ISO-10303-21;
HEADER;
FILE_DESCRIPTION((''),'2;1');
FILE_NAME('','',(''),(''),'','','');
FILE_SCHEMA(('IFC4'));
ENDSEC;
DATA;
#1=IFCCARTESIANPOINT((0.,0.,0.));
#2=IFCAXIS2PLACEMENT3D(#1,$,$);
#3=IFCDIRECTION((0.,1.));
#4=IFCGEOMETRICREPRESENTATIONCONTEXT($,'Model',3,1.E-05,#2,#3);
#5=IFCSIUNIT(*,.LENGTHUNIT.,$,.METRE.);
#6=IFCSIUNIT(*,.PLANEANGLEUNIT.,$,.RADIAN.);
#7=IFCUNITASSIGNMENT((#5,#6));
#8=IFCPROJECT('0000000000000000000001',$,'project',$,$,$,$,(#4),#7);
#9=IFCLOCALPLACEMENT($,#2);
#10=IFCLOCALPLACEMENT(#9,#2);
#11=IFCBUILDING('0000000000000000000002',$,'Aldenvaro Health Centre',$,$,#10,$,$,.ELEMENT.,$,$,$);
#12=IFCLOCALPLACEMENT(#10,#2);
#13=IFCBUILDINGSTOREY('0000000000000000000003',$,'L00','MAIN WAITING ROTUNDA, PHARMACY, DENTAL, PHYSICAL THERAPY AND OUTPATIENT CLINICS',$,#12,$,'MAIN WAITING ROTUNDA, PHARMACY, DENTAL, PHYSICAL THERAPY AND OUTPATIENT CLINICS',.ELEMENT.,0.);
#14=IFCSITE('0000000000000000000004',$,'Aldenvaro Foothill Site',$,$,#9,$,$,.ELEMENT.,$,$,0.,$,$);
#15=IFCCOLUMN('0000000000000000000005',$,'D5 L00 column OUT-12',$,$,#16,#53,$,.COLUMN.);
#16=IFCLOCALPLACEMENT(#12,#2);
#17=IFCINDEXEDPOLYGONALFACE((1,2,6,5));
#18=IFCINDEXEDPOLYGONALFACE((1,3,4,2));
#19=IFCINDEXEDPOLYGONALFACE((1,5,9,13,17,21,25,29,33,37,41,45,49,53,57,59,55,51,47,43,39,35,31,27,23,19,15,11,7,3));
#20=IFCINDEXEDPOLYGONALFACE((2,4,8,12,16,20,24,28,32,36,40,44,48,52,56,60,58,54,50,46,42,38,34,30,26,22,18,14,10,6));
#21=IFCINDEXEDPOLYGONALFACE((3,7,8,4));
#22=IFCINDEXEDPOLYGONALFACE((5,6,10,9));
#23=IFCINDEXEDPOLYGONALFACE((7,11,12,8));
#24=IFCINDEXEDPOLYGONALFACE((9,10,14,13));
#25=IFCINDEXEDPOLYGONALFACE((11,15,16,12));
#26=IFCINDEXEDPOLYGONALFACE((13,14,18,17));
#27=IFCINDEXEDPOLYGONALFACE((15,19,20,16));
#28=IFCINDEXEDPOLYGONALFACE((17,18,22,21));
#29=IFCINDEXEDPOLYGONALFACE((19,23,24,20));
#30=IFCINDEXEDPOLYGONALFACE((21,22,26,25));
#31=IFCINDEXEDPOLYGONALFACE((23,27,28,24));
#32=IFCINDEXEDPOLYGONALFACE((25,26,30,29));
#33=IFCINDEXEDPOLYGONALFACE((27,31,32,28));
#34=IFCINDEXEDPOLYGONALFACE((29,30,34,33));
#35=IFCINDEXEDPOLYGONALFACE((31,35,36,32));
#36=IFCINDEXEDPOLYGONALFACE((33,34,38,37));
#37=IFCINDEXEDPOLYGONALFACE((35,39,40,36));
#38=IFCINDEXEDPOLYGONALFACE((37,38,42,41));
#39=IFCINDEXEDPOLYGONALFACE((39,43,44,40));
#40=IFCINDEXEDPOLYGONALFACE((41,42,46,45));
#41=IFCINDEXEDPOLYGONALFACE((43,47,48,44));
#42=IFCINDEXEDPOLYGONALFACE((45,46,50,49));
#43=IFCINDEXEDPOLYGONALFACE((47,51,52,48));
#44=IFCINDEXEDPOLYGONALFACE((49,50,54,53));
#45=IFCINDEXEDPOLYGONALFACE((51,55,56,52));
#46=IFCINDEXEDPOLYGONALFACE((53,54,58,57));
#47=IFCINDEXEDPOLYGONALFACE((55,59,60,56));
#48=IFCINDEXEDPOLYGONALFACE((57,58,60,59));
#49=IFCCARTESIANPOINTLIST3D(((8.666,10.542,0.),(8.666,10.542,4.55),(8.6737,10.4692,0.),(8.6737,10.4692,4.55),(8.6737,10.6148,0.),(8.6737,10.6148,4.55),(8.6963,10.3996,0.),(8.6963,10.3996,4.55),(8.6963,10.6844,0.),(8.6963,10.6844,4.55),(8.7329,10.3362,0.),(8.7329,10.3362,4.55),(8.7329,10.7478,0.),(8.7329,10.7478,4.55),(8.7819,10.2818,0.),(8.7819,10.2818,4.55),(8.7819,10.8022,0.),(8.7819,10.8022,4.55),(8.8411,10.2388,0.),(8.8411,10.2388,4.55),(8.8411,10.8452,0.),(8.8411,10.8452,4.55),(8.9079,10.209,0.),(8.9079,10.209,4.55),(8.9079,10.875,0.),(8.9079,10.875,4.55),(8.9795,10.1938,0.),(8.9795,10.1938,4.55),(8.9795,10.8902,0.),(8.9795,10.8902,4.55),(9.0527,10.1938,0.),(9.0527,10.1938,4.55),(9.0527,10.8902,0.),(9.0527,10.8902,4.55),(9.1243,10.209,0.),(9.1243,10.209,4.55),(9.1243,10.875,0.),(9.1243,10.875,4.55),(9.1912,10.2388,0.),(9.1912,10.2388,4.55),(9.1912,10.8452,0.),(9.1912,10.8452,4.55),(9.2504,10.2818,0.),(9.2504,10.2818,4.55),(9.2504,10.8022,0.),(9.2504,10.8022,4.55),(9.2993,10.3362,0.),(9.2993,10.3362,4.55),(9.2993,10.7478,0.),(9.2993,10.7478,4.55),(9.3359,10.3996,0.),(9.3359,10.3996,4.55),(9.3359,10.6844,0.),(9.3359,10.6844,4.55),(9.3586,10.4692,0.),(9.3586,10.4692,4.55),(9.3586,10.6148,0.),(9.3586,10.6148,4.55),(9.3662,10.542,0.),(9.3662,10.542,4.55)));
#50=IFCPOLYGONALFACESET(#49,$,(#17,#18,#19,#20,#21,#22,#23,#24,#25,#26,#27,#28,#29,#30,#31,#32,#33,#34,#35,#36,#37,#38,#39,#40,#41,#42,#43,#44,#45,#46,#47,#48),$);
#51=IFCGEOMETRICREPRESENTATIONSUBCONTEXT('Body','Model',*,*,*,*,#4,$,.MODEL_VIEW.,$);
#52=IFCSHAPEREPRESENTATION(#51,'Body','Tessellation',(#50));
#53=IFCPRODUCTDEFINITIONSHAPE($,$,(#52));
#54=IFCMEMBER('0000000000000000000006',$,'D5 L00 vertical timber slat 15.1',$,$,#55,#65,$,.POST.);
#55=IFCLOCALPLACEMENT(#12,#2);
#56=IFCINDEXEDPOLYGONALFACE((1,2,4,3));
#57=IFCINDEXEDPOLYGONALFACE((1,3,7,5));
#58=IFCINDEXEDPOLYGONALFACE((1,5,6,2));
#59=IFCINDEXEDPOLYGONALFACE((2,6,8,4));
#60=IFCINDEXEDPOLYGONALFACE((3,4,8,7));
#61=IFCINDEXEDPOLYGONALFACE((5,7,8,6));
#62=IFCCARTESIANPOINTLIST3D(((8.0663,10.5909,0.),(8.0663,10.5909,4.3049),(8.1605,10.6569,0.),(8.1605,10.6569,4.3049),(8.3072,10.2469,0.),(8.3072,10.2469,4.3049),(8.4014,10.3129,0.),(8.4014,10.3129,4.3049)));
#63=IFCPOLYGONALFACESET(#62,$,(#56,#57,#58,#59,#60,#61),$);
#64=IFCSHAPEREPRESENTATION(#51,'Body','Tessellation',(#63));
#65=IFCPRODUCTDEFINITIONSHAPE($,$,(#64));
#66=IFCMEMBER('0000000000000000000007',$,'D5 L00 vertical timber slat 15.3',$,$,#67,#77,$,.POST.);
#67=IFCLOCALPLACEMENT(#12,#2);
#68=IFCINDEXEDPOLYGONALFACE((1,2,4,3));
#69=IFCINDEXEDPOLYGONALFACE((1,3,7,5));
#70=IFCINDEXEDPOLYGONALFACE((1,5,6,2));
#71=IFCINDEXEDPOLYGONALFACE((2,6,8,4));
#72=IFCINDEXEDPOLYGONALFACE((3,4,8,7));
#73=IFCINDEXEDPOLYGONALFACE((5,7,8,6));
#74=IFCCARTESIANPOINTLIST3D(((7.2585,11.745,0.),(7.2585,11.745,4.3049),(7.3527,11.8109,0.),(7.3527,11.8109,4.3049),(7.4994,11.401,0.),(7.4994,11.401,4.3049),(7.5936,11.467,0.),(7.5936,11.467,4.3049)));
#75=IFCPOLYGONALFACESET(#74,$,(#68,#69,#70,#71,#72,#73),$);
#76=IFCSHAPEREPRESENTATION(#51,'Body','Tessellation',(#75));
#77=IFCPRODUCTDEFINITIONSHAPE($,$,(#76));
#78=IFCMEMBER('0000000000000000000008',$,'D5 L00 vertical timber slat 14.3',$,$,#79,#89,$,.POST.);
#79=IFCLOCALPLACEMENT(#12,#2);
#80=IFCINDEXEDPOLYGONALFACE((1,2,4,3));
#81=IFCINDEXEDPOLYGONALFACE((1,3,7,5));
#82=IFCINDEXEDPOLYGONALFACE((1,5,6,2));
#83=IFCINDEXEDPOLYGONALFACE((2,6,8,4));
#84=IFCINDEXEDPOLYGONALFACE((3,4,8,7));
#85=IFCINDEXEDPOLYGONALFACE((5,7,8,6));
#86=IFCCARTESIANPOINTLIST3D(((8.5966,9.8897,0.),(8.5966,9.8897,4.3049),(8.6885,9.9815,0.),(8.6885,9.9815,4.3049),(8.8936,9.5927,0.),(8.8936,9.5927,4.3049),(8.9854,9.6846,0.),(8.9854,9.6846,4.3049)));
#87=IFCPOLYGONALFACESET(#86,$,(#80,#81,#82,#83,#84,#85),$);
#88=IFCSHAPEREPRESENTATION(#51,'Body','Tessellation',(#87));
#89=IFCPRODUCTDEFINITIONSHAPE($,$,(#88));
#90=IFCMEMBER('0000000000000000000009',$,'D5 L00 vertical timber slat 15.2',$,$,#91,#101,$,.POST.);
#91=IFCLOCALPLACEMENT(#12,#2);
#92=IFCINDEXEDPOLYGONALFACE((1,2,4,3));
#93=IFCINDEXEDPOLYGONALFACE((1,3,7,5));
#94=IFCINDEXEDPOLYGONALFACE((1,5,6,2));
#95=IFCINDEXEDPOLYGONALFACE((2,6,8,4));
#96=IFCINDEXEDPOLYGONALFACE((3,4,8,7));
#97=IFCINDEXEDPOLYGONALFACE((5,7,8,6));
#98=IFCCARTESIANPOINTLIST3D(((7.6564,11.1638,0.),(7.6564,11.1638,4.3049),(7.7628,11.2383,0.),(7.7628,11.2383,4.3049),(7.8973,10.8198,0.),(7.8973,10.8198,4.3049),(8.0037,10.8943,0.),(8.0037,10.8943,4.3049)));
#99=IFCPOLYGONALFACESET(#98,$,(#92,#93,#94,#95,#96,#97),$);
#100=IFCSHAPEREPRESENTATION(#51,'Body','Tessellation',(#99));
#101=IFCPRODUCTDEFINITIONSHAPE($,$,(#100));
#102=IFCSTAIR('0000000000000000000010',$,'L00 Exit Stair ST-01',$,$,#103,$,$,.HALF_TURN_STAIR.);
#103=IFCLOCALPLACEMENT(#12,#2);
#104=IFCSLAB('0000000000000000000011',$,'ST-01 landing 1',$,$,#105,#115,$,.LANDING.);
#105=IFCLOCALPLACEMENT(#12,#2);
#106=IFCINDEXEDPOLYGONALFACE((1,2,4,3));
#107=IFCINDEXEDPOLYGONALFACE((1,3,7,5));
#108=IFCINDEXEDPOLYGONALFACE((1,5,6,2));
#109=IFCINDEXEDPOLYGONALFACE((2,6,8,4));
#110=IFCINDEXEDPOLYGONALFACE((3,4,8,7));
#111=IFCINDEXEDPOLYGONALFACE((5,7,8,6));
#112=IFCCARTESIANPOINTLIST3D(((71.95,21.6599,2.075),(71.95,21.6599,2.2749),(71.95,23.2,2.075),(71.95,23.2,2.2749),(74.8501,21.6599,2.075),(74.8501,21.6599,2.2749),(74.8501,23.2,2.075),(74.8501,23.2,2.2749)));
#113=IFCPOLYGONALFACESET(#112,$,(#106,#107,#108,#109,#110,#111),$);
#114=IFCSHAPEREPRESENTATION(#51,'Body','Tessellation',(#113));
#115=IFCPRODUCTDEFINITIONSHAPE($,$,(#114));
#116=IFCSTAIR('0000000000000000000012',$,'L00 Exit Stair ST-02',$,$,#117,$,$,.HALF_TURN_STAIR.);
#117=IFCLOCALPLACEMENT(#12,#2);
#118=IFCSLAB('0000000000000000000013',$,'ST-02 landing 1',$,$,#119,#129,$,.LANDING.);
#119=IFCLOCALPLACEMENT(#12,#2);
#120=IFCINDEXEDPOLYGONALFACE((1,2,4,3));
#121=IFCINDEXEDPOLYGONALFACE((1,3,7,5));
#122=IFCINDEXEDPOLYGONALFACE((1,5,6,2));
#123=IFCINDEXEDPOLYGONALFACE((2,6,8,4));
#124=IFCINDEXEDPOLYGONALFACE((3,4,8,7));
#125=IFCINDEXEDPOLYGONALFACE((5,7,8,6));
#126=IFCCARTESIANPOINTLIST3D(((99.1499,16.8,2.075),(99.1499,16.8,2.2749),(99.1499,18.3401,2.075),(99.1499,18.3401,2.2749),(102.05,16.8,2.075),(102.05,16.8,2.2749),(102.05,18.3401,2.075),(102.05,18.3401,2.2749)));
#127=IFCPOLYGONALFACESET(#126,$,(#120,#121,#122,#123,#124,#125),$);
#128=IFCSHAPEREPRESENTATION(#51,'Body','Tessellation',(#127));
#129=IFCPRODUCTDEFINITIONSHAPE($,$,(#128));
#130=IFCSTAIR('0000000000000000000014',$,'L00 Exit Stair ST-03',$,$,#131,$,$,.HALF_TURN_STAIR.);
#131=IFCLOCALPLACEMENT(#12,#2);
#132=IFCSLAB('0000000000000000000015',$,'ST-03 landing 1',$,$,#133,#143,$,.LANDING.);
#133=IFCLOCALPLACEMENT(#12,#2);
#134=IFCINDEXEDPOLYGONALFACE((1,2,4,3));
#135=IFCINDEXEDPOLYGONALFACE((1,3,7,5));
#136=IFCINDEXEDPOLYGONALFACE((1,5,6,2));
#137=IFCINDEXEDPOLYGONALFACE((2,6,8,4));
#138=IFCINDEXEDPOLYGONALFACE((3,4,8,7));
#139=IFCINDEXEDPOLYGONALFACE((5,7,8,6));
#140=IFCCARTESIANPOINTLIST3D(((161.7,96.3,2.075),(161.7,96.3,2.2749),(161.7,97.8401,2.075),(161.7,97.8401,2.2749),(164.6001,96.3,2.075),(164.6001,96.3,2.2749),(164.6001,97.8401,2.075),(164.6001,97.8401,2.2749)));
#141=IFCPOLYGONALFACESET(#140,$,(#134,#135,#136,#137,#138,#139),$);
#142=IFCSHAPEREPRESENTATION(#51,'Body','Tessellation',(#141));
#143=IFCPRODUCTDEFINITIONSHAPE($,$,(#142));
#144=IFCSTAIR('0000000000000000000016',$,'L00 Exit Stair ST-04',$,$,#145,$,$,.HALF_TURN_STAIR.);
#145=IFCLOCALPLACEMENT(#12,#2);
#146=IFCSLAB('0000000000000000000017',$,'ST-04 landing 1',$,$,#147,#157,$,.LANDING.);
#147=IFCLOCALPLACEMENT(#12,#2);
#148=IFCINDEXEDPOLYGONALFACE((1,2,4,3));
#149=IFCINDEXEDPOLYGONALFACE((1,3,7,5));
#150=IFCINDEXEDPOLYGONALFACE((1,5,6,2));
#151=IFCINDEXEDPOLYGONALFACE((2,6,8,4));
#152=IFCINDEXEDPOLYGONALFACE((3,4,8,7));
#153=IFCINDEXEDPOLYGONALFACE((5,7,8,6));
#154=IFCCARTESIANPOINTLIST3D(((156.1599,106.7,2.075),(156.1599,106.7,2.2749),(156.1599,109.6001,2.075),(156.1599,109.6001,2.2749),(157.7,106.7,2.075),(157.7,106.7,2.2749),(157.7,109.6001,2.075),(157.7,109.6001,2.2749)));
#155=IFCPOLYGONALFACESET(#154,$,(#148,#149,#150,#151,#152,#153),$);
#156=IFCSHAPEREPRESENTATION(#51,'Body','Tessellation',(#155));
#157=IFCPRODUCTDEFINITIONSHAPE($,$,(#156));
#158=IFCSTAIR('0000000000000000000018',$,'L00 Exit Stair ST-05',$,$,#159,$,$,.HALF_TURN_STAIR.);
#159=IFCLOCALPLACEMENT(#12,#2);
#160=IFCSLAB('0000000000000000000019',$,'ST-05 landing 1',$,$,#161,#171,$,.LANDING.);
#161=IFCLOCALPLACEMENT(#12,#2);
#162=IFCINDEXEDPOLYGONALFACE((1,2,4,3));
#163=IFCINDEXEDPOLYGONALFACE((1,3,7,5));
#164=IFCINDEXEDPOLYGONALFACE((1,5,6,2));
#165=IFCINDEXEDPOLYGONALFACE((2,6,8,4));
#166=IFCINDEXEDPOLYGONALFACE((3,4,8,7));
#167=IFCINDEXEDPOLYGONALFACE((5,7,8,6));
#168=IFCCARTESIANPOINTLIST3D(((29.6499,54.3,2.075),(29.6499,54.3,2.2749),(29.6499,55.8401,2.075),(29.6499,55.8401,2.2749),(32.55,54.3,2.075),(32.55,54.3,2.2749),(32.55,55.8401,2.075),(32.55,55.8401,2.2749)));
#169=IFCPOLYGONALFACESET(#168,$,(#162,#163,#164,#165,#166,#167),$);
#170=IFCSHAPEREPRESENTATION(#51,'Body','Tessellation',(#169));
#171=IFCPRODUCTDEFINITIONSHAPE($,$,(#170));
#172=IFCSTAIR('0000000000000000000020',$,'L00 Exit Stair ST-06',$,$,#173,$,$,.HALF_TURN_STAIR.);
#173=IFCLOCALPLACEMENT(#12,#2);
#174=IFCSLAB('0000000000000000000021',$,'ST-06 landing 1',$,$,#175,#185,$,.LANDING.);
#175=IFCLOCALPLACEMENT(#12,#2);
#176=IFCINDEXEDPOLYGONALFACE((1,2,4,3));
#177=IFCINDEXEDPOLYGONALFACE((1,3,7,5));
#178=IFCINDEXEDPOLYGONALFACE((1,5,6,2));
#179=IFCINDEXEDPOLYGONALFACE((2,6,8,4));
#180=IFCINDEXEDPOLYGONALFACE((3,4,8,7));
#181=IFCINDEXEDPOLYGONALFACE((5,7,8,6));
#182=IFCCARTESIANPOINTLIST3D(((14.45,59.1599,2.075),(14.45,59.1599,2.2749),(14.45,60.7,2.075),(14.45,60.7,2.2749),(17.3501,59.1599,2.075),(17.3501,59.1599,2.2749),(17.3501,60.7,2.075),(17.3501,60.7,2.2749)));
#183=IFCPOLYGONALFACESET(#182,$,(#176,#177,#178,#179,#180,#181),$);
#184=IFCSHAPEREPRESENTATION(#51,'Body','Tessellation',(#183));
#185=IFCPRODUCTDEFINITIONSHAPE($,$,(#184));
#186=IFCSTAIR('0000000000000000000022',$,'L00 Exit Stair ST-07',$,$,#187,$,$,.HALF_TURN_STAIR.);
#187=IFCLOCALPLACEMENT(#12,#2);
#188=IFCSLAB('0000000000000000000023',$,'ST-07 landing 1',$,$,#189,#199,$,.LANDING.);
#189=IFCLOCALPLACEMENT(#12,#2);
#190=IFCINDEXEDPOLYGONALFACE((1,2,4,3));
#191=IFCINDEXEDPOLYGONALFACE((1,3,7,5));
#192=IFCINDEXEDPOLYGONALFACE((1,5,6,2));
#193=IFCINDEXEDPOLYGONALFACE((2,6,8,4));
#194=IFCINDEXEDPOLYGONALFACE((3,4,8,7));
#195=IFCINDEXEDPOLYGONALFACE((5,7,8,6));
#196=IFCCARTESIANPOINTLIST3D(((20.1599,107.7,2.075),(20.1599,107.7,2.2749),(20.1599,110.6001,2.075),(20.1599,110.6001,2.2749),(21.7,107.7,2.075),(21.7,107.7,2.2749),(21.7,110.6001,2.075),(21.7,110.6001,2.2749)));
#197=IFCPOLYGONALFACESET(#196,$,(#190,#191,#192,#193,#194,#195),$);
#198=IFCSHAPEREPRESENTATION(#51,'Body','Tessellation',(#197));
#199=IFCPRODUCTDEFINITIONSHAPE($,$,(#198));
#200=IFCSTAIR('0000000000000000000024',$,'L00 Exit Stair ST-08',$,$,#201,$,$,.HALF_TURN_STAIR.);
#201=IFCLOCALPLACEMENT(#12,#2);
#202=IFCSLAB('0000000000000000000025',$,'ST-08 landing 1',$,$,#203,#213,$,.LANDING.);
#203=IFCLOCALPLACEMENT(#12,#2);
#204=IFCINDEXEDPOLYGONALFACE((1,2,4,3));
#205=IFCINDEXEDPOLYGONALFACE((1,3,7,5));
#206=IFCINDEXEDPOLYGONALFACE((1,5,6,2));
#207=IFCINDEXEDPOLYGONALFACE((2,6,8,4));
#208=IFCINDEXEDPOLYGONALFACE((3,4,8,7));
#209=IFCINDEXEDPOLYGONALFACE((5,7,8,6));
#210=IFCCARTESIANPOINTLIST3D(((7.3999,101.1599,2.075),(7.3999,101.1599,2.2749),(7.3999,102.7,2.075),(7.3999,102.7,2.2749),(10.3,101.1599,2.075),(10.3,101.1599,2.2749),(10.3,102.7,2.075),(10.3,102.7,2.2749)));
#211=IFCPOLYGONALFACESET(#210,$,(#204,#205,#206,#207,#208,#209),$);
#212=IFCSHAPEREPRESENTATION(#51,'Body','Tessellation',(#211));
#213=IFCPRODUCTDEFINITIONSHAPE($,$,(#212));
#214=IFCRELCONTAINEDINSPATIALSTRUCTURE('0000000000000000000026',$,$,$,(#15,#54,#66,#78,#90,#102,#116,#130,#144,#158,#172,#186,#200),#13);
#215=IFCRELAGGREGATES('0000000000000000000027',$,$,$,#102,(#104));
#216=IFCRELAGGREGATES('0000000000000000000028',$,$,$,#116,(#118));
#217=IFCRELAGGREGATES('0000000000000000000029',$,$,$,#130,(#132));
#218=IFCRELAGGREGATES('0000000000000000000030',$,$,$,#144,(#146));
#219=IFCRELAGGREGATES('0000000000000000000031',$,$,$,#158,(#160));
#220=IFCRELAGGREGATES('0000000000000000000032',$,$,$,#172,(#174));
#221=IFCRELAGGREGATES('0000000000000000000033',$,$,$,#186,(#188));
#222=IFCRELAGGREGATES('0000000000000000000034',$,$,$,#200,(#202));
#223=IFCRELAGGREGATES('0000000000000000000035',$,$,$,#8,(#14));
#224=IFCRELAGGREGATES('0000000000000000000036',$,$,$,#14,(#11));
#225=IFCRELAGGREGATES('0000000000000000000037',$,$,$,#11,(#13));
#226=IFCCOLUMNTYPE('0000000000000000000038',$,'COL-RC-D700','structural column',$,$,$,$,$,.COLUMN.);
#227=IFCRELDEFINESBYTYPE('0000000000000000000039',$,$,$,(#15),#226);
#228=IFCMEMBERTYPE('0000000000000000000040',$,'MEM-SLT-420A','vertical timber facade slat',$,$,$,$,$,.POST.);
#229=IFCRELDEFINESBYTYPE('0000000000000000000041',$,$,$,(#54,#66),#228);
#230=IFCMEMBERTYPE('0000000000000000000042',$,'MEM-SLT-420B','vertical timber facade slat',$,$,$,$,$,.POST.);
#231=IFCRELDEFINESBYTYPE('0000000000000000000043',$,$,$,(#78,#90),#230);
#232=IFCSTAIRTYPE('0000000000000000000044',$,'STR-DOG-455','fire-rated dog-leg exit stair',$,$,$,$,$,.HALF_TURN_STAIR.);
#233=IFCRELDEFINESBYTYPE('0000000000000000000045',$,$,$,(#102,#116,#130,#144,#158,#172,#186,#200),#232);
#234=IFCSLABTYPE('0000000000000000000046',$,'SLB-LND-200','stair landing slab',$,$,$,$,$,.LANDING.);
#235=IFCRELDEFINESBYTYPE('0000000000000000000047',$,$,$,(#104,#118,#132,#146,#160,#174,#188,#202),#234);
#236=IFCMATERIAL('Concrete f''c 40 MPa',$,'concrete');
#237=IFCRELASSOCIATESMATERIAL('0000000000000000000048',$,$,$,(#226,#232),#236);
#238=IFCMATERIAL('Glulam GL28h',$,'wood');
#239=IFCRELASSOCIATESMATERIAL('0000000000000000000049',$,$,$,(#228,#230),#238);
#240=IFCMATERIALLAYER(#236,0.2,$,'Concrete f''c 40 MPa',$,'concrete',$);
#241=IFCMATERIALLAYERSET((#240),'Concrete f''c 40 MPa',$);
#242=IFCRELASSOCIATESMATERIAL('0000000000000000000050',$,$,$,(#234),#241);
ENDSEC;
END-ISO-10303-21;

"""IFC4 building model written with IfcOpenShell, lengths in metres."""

from ifc_helpers import new_model, si_unit, direction, frame, origin, origin_2d, place, context, subcontext, project, spatial, polyline, rectangle, circle, outline, extrude, material, layer, layer_set, material_profile, profile_set, type_object, element, aggregate, save


model = new_model("IFC4")

# Units and contexts
model_context = context("Model", 3, precision=1e-05, world=origin(), true_north=direction((0.0, 1.0)))
body_context = subcontext(model_context, "Body", "Model", "MODEL_VIEW")
ifc_project = project(units=[si_unit("LENGTHUNIT", "METRE"), si_unit("PLANEANGLEUNIT", "RADIAN")], contexts=[model_context])

# Site, building, storey
site_placement = place(None, origin())
site = spatial("IfcSite", under=ifc_project, at=site_placement, Name="Aldenvaro Foothill Site", CompositionType="ELEMENT", RefElevation=0.0)
building_placement = place(site_placement, origin())
building = spatial("IfcBuilding", under=site, at=building_placement, Name="Aldenvaro Health Centre", CompositionType="ELEMENT")
storey_placement = place(building_placement, origin())
storey = spatial("IfcBuildingStorey", under=building, at=storey_placement, Name="L00", Description="MAIN WAITING ROTUNDA, PHARMACY, DENTAL, PHYSICAL THERAPY AND OUTPATIENT CLINICS", LongName="MAIN WAITING ROTUNDA, PHARMACY, DENTAL, PHYSICAL THERAPY AND OUTPATIENT CLINICS", CompositionType="ELEMENT", Elevation=0.0)

# Column
ifc_material_1 = material(Name="Concrete f'c 40 MPa", Category="concrete")
ifc_material_profile_1 = material_profile(ifc_material_1, circle(Radius=0.3501, at=origin_2d()), Name="RC D700", Category="concrete")
ifc_profile_set_1 = profile_set([ifc_material_profile_1], Name="Concrete f'c 40 MPa")
column_type = type_object("IfcColumnType", Name="COL-RC-D700", Description="structural column", PredefinedType="COLUMN", material=ifc_profile_set_1)
column_placement = place(storey_placement, frame((9.0161, 10.542, 0.0), z_axis=(0.0, 0.0, 1.0), x_axis=(1.0, 0.0, 0.0)))
element("IfcColumn", 1, at=column_placement, inside=storey, type_object=column_type, Name="D5 L00 column OUT-12", PredefinedType="COLUMN", context=body_context, shape_type="SweptSolid", body=[
    extrude(circle(Radius=0.3501, at=origin_2d()), origin(), (0.0, 0.0, 1.0), 4.55),
])

# Members
ifc_material_2 = material(Name="Glulam GL28h", Category="wood")
ifc_material_profile_2 = material_profile(ifc_material_2, rectangle(XDim=0.115, YDim=0.4199, at=origin_2d()), Name="GL 115x420", Category="wood")
ifc_profile_set_2 = profile_set([ifc_material_profile_2], Name="Glulam GL28h")
member_type_1 = type_object("IfcMemberType", Name="MEM-SLT-420A", Description="vertical timber facade slat", PredefinedType="POST", material=ifc_profile_set_2)
for number, where, z_axis, x_axis, name in (
    (2, (8.2339, 10.4519, 0.0), (0.0, 0.0, 1.0), (-0.819107, -0.573641, 0.0), "D5 L00 vertical timber slat 15.1"),
    (3, (7.426, 11.606, 0.0), (0.0, 0.0, 1.0), (-0.819107, -0.573641, 0.0), "D5 L00 vertical timber slat 15.3"),
):
    element("IfcMember", number, at=place(storey_placement, frame(where, z_axis=z_axis, x_axis=x_axis)), inside=storey, type_object=member_type_1, Name=name, PredefinedType="POST", context=body_context, shape_type="SweptSolid", body=[
        extrude(rectangle(XDim=0.115, YDim=0.4199, at=origin_2d()), origin(), (0.0, 0.0, 1.0), 4.3049),
    ])
ifc_material_profile_3 = material_profile(ifc_material_2, rectangle(XDim=0.1299, YDim=0.4199, at=origin_2d()), Name="GL 130x420", Category="wood")
ifc_profile_set_3 = profile_set([ifc_material_profile_3], Name="Glulam GL28h")
member_type_2 = type_object("IfcMemberType", Name="MEM-SLT-420B", Description="vertical timber facade slat", PredefinedType="POST", material=ifc_profile_set_3)
for number, where, z_axis, x_axis, name in (
    (4, (8.791, 9.7871, 0.0), (0.0, 0.0, 1.0), (-0.707107, -0.707107, 0.0), "D5 L00 vertical timber slat 14.3"),
    (5, (7.8301, 11.0291, 0.0), (0.0, 0.0, 1.0), (-0.819107, -0.573641, 0.0), "D5 L00 vertical timber slat 15.2"),
):
    element("IfcMember", number, at=place(storey_placement, frame(where, z_axis=z_axis, x_axis=x_axis)), inside=storey, type_object=member_type_2, Name=name, PredefinedType="POST", context=body_context, shape_type="SweptSolid", body=[
        extrude(rectangle(XDim=0.1299, YDim=0.4199, at=origin_2d()), origin(), (0.0, 0.0, 1.0), 4.3049),
    ])

# Stairs, slabs
stair_type = type_object("IfcStairType", Name="STR-DOG-455", Description="fire-rated dog-leg exit stair", PredefinedType="HALF_TURN_STAIR", material=ifc_material_1)
stair_1_placement = place(storey_placement, origin())
stair_1 = element("IfcStair", 6, at=stair_1_placement, inside=storey, type_object=stair_type, Name="L00 Exit Stair ST-01", PredefinedType="HALF_TURN_STAIR")
ifc_layer_1 = layer(ifc_material_1, 0.2, Name="Concrete f'c 40 MPa", Category="concrete")
ifc_layer_set_1 = layer_set([ifc_layer_1], Name="Concrete f'c 40 MPa")
slab_type = type_object("IfcSlabType", Name="SLB-LND-200", Description="stair landing slab", PredefinedType="LANDING", material=ifc_layer_set_1)
slab_1_placement = place(storey_placement, frame((0.0, 0.0, 2.075)))
slab_1 = element("IfcSlab", 7, at=slab_1_placement, type_object=slab_type, Name="ST-01 landing 1", PredefinedType="LANDING", context=body_context, shape_type="SweptSolid", body=[
    extrude(outline(polyline([(74.8501, 21.6599), (74.8501, 23.2), (71.95, 23.2), (71.95, 21.6599), (74.8501, 21.6599)])), origin(), (0.0, 0.0, 1.0), 0.2),
])
aggregate(stair_1, [slab_1])
stair_2_placement = place(storey_placement, origin())
stair_2 = element("IfcStair", 8, at=stair_2_placement, inside=storey, type_object=stair_type, Name="L00 Exit Stair ST-02", PredefinedType="HALF_TURN_STAIR")
slab_2_placement = place(storey_placement, frame((0.0, 0.0, 2.075)))
slab_2 = element("IfcSlab", 9, at=slab_2_placement, type_object=slab_type, Name="ST-02 landing 1", PredefinedType="LANDING", context=body_context, shape_type="SweptSolid", body=[
    extrude(outline(polyline([(99.1499, 18.3401), (99.1499, 16.8), (102.05, 16.8), (102.05, 18.3401), (99.1499, 18.3401)])), origin(), (0.0, 0.0, 1.0), 0.2),
])
aggregate(stair_2, [slab_2])
stair_3_placement = place(storey_placement, origin())
stair_3 = element("IfcStair", 10, at=stair_3_placement, inside=storey, type_object=stair_type, Name="L00 Exit Stair ST-03", PredefinedType="HALF_TURN_STAIR")
slab_3_placement = place(storey_placement, frame((0.0, 0.0, 2.075)))
slab_3 = element("IfcSlab", 11, at=slab_3_placement, type_object=slab_type, Name="ST-03 landing 1", PredefinedType="LANDING", context=body_context, shape_type="SweptSolid", body=[
    extrude(outline(polyline([(161.7, 97.8401), (161.7, 96.3), (164.6001, 96.3), (164.6001, 97.8401), (161.7, 97.8401)])), origin(), (0.0, 0.0, 1.0), 0.2),
])
aggregate(stair_3, [slab_3])
stair_4_placement = place(storey_placement, origin())
stair_4 = element("IfcStair", 12, at=stair_4_placement, inside=storey, type_object=stair_type, Name="L00 Exit Stair ST-04", PredefinedType="HALF_TURN_STAIR")
slab_4_placement = place(storey_placement, frame((0.0, 0.0, 2.075)))
slab_4 = element("IfcSlab", 13, at=slab_4_placement, type_object=slab_type, Name="ST-04 landing 1", PredefinedType="LANDING", context=body_context, shape_type="SweptSolid", body=[
    extrude(outline(polyline([(156.1599, 106.7), (157.7, 106.7), (157.7, 109.6001), (156.1599, 109.6001), (156.1599, 106.7)])), origin(), (0.0, 0.0, 1.0), 0.2),
])
aggregate(stair_4, [slab_4])
stair_5_placement = place(storey_placement, origin())
stair_5 = element("IfcStair", 14, at=stair_5_placement, inside=storey, type_object=stair_type, Name="L00 Exit Stair ST-05", PredefinedType="HALF_TURN_STAIR")
slab_5_placement = place(storey_placement, frame((0.0, 0.0, 2.075)))
slab_5 = element("IfcSlab", 15, at=slab_5_placement, type_object=slab_type, Name="ST-05 landing 1", PredefinedType="LANDING", context=body_context, shape_type="SweptSolid", body=[
    extrude(outline(polyline([(29.6499, 55.8401), (29.6499, 54.3), (32.55, 54.3), (32.55, 55.8401), (29.6499, 55.8401)])), origin(), (0.0, 0.0, 1.0), 0.2),
])
aggregate(stair_5, [slab_5])
stair_6_placement = place(storey_placement, origin())
stair_6 = element("IfcStair", 16, at=stair_6_placement, inside=storey, type_object=stair_type, Name="L00 Exit Stair ST-06", PredefinedType="HALF_TURN_STAIR")
slab_6_placement = place(storey_placement, frame((0.0, 0.0, 2.075)))
slab_6 = element("IfcSlab", 17, at=slab_6_placement, type_object=slab_type, Name="ST-06 landing 1", PredefinedType="LANDING", context=body_context, shape_type="SweptSolid", body=[
    extrude(outline(polyline([(17.3501, 59.1599), (17.3501, 60.7), (14.45, 60.7), (14.45, 59.1599), (17.3501, 59.1599)])), origin(), (0.0, 0.0, 1.0), 0.2),
])
aggregate(stair_6, [slab_6])
stair_7_placement = place(storey_placement, origin())
stair_7 = element("IfcStair", 18, at=stair_7_placement, inside=storey, type_object=stair_type, Name="L00 Exit Stair ST-07", PredefinedType="HALF_TURN_STAIR")
slab_7_placement = place(storey_placement, frame((0.0, 0.0, 2.075)))
slab_7 = element("IfcSlab", 19, at=slab_7_placement, type_object=slab_type, Name="ST-07 landing 1", PredefinedType="LANDING", context=body_context, shape_type="SweptSolid", body=[
    extrude(outline(polyline([(20.1599, 107.7), (21.7, 107.7), (21.7, 110.6001), (20.1599, 110.6001), (20.1599, 107.7)])), origin(), (0.0, 0.0, 1.0), 0.2),
])
aggregate(stair_7, [slab_7])
stair_8_placement = place(storey_placement, origin())
stair_8 = element("IfcStair", 20, at=stair_8_placement, inside=storey, type_object=stair_type, Name="L00 Exit Stair ST-08", PredefinedType="HALF_TURN_STAIR")
slab_8_placement = place(storey_placement, frame((0.0, 0.0, 2.075)))
slab_8 = element("IfcSlab", 21, at=slab_8_placement, type_object=slab_type, Name="ST-08 landing 1", PredefinedType="LANDING", context=body_context, shape_type="SweptSolid", body=[
    extrude(outline(polyline([(10.3, 101.1599), (10.3, 102.7), (7.3999, 102.7), (7.3999, 101.1599), (10.3, 101.1599)])), origin(), (0.0, 0.0, 1.0), 0.2),
])
aggregate(stair_8, [slab_8])

save(model, "model.ifc")
